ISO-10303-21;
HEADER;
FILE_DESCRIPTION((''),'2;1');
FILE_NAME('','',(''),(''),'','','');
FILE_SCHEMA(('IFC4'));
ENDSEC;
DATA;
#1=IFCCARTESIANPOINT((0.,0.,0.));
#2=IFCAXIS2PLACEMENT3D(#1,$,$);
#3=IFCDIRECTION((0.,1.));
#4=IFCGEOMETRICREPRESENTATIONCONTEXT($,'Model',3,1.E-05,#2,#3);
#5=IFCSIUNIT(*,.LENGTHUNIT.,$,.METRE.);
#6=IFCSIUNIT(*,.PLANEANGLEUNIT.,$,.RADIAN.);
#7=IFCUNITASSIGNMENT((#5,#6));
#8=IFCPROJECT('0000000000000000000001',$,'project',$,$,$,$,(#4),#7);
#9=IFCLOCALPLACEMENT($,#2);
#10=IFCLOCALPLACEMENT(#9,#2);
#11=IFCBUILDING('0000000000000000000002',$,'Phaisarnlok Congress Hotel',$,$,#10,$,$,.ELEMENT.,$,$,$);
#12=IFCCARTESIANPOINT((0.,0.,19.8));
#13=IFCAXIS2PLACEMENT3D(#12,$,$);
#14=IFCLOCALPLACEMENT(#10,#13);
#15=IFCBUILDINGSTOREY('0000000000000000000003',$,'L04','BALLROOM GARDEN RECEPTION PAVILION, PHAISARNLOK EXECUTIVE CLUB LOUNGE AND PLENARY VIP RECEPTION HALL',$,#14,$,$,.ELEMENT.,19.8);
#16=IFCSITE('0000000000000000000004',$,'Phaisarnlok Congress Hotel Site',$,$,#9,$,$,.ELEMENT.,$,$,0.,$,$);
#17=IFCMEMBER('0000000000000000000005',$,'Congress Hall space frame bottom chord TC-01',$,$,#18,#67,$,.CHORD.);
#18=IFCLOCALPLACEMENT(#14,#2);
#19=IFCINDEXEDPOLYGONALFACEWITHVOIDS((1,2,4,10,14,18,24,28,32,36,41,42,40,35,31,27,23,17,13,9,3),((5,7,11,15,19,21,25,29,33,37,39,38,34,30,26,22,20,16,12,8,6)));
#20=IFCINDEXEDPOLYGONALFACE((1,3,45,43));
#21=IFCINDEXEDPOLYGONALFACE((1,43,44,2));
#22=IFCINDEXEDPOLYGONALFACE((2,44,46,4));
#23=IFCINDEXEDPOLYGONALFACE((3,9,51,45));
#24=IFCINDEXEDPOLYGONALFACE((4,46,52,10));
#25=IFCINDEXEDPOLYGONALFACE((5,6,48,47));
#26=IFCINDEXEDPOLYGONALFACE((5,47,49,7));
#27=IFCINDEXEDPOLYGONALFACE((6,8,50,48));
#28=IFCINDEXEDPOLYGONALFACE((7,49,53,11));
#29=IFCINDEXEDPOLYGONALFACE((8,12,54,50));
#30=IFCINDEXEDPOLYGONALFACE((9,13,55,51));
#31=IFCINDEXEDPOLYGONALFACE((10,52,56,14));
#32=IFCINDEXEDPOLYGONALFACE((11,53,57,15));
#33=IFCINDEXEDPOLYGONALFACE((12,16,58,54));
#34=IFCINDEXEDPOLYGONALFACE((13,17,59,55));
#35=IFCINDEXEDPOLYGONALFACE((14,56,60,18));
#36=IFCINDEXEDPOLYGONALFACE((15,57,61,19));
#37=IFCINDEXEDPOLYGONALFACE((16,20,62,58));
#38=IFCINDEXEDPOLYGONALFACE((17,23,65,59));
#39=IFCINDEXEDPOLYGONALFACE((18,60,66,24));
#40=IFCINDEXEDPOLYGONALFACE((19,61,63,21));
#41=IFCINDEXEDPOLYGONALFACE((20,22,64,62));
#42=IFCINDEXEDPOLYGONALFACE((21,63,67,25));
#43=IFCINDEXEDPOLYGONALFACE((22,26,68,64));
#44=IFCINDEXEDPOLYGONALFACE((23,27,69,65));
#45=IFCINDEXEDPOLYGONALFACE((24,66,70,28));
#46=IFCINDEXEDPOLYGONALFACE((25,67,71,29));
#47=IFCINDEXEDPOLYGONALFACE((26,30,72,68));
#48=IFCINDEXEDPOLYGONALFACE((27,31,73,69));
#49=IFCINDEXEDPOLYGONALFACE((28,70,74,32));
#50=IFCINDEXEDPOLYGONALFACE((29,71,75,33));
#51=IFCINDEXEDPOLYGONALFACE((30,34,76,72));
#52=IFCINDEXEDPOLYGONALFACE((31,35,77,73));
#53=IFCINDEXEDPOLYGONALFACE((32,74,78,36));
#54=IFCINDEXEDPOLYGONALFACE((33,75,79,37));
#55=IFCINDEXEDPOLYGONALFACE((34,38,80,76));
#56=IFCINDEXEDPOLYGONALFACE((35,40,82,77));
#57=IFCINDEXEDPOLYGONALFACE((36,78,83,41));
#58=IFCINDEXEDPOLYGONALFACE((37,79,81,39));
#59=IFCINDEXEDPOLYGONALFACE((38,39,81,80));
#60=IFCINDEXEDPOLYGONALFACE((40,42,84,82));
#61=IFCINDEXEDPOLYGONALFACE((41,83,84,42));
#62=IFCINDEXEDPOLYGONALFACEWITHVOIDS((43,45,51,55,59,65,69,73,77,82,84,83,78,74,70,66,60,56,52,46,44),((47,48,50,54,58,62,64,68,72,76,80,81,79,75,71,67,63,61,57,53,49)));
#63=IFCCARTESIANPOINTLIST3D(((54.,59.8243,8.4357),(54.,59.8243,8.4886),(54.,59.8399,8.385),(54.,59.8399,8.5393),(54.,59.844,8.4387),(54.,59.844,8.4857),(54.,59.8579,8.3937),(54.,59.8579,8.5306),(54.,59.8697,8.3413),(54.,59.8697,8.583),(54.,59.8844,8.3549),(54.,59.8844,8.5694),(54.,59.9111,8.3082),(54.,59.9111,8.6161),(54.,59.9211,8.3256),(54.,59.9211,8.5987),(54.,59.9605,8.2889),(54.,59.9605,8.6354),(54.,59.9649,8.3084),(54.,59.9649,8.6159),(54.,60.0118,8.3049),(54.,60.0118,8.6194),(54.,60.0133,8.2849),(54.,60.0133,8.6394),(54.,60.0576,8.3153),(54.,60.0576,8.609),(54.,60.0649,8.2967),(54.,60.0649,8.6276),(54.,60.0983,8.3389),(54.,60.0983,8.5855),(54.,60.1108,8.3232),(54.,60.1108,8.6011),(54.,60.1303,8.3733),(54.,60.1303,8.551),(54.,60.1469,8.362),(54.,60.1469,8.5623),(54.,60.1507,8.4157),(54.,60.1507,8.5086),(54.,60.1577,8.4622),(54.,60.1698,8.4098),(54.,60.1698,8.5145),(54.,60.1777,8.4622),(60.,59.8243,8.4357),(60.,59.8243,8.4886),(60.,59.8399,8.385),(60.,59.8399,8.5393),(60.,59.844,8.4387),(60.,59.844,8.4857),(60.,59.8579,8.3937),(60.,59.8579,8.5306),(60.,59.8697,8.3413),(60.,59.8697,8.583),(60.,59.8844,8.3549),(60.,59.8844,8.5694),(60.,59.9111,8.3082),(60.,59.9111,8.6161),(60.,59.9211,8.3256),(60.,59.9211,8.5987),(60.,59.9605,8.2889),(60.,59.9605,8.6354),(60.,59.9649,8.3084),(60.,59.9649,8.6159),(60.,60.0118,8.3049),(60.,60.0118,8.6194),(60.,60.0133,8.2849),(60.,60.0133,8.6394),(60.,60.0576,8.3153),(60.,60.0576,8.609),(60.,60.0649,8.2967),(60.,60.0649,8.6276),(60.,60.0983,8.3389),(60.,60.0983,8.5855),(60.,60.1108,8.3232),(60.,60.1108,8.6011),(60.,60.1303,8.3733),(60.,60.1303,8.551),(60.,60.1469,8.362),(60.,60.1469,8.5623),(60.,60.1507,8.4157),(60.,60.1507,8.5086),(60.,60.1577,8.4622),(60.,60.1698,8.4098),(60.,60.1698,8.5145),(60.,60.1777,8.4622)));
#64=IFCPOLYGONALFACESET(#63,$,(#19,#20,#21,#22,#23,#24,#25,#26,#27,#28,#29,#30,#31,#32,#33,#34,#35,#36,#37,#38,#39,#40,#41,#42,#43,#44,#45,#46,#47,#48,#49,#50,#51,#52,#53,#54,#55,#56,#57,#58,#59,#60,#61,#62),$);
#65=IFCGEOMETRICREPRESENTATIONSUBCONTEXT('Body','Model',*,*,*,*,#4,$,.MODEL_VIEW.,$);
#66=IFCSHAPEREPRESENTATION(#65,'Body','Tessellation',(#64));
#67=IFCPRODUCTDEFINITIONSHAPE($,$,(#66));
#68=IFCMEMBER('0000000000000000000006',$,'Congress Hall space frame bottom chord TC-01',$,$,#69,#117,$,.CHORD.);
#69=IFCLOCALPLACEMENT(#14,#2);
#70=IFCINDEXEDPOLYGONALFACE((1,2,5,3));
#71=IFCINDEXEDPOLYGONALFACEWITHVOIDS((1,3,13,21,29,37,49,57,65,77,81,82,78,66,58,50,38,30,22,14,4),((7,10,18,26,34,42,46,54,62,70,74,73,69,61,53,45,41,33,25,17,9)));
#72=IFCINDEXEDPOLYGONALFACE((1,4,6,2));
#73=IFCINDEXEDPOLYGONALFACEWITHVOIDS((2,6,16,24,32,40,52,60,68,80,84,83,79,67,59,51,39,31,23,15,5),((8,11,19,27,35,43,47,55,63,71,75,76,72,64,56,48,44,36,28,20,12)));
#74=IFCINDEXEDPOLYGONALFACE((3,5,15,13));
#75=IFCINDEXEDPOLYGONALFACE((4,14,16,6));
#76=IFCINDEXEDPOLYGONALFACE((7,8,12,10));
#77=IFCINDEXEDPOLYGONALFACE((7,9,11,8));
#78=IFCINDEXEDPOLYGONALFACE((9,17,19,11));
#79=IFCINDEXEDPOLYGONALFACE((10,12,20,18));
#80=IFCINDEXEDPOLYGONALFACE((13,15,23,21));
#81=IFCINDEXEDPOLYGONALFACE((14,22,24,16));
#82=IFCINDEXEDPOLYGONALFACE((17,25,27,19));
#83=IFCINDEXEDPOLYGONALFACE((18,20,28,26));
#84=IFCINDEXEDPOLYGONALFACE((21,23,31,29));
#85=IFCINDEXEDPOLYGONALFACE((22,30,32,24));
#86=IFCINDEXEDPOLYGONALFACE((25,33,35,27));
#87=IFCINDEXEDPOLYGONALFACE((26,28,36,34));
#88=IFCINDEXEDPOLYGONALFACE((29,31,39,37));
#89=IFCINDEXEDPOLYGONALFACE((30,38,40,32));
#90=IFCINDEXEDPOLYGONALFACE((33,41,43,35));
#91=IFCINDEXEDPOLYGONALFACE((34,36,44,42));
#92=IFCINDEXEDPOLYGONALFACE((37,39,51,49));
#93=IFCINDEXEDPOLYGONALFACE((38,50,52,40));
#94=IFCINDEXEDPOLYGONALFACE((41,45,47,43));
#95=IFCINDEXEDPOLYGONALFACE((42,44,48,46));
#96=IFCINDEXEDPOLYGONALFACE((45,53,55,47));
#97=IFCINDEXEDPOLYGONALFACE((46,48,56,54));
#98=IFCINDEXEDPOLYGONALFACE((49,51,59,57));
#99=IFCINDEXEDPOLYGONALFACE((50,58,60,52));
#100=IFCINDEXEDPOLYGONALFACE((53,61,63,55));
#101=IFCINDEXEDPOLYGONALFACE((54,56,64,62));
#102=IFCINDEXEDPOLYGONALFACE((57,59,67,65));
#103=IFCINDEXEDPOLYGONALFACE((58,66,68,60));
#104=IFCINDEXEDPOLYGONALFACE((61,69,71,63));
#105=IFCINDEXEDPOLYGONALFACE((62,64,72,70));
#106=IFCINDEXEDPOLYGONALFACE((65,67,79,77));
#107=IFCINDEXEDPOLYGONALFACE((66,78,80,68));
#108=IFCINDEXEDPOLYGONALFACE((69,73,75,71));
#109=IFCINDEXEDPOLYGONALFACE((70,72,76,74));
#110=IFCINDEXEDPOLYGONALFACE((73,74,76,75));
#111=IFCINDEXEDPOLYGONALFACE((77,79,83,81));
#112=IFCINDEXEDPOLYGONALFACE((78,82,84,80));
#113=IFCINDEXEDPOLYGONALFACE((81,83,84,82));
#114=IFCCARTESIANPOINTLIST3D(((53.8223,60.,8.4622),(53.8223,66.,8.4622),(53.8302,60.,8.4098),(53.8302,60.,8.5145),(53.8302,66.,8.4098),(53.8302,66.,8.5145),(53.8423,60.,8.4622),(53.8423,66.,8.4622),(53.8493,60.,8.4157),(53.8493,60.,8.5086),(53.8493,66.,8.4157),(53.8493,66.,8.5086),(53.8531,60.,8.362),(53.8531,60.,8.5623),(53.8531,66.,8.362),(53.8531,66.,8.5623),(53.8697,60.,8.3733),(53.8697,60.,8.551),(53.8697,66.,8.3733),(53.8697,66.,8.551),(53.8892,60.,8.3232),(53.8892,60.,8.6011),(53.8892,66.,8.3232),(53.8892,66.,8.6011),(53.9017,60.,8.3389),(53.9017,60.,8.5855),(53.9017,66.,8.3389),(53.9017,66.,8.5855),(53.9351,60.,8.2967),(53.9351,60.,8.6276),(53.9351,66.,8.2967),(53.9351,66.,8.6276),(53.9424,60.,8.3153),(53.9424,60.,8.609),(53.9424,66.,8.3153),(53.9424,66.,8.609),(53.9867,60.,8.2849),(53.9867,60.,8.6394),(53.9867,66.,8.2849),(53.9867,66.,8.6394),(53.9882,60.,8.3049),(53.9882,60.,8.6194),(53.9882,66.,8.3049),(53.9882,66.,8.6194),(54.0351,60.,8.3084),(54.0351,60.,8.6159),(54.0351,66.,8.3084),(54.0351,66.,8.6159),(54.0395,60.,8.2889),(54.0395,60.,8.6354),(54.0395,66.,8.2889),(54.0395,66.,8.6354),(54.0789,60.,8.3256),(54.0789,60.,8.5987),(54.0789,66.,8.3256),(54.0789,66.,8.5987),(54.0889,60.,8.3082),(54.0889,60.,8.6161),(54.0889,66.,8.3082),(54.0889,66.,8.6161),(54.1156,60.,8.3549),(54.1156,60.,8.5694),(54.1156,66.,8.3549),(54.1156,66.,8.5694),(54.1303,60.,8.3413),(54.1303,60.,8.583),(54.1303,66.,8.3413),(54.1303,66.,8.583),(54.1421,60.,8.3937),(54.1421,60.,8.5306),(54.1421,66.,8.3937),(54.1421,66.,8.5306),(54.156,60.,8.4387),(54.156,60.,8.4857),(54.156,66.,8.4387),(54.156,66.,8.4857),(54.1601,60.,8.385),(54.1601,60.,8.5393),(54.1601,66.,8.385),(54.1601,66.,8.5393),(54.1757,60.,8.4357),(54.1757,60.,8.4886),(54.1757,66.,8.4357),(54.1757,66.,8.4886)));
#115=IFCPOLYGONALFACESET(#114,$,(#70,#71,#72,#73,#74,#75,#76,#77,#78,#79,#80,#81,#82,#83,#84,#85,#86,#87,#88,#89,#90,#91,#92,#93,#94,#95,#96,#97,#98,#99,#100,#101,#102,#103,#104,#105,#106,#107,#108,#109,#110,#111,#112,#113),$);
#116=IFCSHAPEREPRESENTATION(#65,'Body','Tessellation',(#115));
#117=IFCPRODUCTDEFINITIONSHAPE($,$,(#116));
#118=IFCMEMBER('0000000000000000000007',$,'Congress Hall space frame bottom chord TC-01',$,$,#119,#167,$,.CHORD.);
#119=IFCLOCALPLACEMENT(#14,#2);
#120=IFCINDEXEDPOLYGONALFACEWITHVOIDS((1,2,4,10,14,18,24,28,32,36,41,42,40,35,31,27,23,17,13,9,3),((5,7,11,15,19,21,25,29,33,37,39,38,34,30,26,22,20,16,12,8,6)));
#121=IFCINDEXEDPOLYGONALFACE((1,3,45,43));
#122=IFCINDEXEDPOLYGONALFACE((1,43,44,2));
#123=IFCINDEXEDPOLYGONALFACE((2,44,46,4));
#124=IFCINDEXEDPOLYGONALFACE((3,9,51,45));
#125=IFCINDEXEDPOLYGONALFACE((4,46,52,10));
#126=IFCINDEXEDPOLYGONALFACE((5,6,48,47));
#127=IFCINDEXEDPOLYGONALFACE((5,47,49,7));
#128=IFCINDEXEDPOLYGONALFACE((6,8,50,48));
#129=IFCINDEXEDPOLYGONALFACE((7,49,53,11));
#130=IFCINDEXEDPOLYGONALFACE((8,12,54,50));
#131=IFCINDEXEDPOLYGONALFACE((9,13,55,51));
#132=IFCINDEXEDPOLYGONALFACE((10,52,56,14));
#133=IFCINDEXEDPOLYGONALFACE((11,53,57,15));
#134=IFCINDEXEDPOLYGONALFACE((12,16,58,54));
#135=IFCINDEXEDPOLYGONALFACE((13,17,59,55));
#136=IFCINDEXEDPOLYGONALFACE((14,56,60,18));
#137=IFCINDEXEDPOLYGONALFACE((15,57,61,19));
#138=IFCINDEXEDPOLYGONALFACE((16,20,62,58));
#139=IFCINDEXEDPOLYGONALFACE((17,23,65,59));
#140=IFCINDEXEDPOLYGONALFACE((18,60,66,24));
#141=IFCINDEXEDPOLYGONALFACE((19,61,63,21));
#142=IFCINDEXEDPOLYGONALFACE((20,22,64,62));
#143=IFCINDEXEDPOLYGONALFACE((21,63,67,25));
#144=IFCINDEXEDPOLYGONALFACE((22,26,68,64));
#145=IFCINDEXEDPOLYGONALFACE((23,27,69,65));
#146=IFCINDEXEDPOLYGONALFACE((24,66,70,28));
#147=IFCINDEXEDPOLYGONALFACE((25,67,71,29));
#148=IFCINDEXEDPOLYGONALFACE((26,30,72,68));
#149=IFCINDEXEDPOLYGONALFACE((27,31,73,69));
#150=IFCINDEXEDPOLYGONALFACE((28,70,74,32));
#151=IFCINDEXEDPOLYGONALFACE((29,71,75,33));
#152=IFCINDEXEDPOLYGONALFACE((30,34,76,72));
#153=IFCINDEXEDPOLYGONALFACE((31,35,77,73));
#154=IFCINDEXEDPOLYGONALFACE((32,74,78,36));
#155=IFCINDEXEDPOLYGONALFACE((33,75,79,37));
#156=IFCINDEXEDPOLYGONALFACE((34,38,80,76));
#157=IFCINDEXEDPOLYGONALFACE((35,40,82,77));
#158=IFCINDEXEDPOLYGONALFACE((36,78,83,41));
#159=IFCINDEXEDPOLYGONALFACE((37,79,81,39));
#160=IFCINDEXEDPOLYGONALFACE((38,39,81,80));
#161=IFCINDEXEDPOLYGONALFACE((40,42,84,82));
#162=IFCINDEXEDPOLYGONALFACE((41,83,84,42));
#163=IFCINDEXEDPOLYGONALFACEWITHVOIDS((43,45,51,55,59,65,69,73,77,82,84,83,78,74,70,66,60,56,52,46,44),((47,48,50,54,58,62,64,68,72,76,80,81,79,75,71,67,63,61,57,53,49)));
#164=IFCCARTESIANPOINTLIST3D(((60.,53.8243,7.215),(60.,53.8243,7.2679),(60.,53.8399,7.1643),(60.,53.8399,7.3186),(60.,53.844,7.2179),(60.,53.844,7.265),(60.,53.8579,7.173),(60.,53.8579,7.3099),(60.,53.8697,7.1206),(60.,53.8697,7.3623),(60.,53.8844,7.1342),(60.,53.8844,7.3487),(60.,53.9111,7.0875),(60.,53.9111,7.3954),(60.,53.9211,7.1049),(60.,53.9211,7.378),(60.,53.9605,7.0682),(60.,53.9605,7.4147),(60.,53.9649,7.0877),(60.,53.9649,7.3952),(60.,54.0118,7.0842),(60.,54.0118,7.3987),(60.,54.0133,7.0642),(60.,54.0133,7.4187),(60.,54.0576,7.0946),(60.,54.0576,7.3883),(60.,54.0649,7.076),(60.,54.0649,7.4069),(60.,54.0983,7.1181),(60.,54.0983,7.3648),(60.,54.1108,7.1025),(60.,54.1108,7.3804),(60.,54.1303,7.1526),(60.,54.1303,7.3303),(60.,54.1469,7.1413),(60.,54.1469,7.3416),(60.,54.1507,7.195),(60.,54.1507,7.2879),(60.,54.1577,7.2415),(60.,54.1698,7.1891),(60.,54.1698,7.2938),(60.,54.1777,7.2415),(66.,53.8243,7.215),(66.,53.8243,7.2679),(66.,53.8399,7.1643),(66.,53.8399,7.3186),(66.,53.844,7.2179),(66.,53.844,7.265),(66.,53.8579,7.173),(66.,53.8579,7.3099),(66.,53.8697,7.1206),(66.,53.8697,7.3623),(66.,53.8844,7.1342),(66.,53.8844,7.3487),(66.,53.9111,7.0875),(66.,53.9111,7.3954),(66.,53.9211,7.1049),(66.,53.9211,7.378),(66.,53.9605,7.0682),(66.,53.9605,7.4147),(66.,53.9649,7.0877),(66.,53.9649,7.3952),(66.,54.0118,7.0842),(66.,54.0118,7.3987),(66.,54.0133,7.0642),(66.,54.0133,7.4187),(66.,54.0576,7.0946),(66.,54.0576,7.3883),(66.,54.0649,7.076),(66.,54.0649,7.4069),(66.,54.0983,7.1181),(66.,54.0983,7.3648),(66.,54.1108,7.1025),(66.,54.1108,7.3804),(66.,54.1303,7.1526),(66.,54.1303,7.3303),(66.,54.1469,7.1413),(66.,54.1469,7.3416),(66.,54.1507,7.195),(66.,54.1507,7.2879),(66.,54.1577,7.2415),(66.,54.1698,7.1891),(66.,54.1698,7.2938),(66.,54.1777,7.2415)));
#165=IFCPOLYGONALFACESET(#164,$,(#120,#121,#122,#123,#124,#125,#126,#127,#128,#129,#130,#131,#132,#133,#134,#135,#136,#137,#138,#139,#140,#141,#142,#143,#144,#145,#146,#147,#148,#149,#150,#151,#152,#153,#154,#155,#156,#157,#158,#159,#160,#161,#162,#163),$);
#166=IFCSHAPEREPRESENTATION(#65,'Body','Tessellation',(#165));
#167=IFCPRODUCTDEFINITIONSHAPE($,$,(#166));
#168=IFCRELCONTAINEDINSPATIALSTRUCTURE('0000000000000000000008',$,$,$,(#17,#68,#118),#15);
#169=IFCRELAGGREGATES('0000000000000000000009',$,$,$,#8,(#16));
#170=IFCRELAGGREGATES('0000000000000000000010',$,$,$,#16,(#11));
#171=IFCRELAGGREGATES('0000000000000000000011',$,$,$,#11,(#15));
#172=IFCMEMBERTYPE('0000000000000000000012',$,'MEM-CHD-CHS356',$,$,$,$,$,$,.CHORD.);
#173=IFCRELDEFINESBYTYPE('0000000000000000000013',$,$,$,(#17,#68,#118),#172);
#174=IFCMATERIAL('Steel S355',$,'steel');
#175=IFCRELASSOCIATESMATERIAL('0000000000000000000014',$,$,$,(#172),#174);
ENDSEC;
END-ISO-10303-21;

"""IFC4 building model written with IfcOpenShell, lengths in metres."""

from ifc_helpers import new_model, si_unit, direction, frame, origin, origin_2d, place, context, subcontext, project, spatial, hollow_circle, extrude, material, material_profile, profile_set, type_object, element, save


model = new_model("IFC4")

# Units and contexts
model_context = context("Model", 3, precision=1e-05, world=origin(), true_north=direction((0.0, 1.0)))
body_context = subcontext(model_context, "Body", "Model", "MODEL_VIEW")
ifc_project = project(units=[si_unit("LENGTHUNIT", "METRE"), si_unit("PLANEANGLEUNIT", "RADIAN")], contexts=[model_context])

# Site, building, storey
site_placement = place(None, origin())
site = spatial("IfcSite", under=ifc_project, at=site_placement, Name="Phaisarnlok Congress Hotel Site", CompositionType="ELEMENT", RefElevation=0.0)
building_placement = place(site_placement, origin())
building = spatial("IfcBuilding", under=site, at=building_placement, Name="Phaisarnlok Congress Hotel", CompositionType="ELEMENT")
storey_placement = place(building_placement, frame((0.0, 0.0, 19.8)))
storey = spatial("IfcBuildingStorey", under=building, at=storey_placement, Name="L04", Description="BALLROOM GARDEN RECEPTION PAVILION, PHAISARNLOK EXECUTIVE CLUB LOUNGE AND PLENARY VIP RECEPTION HALL", CompositionType="ELEMENT", Elevation=19.8)

# Members
ifc_material = material(Name="Steel S355", Category="steel")
ifc_material_profile_1 = material_profile(ifc_material, hollow_circle(Radius=0.1777, WallThickness=0.02, at=origin_2d()), Name="CHS 355.6x20")
ifc_profile_set_1 = profile_set([ifc_material_profile_1], Name="Steel S355")
member_type_1 = type_object("IfcMemberType", Name="MEM-CHD-CHS356", PredefinedType="CHORD", material=ifc_profile_set_1)
for number, where, z_axis, x_axis, name in (
    (1, (54.0, 60.0, 8.4622), (1.0, 0.0, 0.0), (0.0, 1.0, 0.0), "Congress Hall space frame bottom chord TC-01"),
    (2, (54.0, 60.0, 8.4622), (0.0, 1.0, 0.0), (-1.0, 0.0, 0.0), "Congress Hall space frame bottom chord TC-01"),
    (3, (60.0, 54.0, 7.2415), (1.0, 0.0, 0.0), (0.0, 1.0, 0.0), "Congress Hall space frame bottom chord TC-01"),
):
    element("IfcMember", number, at=place(storey_placement, frame(where, z_axis=z_axis, x_axis=x_axis)), inside=storey, type_object=member_type_1, Name=name, PredefinedType="CHORD", context=body_context, shape_type="SweptSolid", body=[
        extrude(hollow_circle(Radius=0.1777, WallThickness=0.02, at=origin_2d()), origin(), (0.0, 0.0, 1.0), 6.0),
    ])

save(model, "model.ifc")
